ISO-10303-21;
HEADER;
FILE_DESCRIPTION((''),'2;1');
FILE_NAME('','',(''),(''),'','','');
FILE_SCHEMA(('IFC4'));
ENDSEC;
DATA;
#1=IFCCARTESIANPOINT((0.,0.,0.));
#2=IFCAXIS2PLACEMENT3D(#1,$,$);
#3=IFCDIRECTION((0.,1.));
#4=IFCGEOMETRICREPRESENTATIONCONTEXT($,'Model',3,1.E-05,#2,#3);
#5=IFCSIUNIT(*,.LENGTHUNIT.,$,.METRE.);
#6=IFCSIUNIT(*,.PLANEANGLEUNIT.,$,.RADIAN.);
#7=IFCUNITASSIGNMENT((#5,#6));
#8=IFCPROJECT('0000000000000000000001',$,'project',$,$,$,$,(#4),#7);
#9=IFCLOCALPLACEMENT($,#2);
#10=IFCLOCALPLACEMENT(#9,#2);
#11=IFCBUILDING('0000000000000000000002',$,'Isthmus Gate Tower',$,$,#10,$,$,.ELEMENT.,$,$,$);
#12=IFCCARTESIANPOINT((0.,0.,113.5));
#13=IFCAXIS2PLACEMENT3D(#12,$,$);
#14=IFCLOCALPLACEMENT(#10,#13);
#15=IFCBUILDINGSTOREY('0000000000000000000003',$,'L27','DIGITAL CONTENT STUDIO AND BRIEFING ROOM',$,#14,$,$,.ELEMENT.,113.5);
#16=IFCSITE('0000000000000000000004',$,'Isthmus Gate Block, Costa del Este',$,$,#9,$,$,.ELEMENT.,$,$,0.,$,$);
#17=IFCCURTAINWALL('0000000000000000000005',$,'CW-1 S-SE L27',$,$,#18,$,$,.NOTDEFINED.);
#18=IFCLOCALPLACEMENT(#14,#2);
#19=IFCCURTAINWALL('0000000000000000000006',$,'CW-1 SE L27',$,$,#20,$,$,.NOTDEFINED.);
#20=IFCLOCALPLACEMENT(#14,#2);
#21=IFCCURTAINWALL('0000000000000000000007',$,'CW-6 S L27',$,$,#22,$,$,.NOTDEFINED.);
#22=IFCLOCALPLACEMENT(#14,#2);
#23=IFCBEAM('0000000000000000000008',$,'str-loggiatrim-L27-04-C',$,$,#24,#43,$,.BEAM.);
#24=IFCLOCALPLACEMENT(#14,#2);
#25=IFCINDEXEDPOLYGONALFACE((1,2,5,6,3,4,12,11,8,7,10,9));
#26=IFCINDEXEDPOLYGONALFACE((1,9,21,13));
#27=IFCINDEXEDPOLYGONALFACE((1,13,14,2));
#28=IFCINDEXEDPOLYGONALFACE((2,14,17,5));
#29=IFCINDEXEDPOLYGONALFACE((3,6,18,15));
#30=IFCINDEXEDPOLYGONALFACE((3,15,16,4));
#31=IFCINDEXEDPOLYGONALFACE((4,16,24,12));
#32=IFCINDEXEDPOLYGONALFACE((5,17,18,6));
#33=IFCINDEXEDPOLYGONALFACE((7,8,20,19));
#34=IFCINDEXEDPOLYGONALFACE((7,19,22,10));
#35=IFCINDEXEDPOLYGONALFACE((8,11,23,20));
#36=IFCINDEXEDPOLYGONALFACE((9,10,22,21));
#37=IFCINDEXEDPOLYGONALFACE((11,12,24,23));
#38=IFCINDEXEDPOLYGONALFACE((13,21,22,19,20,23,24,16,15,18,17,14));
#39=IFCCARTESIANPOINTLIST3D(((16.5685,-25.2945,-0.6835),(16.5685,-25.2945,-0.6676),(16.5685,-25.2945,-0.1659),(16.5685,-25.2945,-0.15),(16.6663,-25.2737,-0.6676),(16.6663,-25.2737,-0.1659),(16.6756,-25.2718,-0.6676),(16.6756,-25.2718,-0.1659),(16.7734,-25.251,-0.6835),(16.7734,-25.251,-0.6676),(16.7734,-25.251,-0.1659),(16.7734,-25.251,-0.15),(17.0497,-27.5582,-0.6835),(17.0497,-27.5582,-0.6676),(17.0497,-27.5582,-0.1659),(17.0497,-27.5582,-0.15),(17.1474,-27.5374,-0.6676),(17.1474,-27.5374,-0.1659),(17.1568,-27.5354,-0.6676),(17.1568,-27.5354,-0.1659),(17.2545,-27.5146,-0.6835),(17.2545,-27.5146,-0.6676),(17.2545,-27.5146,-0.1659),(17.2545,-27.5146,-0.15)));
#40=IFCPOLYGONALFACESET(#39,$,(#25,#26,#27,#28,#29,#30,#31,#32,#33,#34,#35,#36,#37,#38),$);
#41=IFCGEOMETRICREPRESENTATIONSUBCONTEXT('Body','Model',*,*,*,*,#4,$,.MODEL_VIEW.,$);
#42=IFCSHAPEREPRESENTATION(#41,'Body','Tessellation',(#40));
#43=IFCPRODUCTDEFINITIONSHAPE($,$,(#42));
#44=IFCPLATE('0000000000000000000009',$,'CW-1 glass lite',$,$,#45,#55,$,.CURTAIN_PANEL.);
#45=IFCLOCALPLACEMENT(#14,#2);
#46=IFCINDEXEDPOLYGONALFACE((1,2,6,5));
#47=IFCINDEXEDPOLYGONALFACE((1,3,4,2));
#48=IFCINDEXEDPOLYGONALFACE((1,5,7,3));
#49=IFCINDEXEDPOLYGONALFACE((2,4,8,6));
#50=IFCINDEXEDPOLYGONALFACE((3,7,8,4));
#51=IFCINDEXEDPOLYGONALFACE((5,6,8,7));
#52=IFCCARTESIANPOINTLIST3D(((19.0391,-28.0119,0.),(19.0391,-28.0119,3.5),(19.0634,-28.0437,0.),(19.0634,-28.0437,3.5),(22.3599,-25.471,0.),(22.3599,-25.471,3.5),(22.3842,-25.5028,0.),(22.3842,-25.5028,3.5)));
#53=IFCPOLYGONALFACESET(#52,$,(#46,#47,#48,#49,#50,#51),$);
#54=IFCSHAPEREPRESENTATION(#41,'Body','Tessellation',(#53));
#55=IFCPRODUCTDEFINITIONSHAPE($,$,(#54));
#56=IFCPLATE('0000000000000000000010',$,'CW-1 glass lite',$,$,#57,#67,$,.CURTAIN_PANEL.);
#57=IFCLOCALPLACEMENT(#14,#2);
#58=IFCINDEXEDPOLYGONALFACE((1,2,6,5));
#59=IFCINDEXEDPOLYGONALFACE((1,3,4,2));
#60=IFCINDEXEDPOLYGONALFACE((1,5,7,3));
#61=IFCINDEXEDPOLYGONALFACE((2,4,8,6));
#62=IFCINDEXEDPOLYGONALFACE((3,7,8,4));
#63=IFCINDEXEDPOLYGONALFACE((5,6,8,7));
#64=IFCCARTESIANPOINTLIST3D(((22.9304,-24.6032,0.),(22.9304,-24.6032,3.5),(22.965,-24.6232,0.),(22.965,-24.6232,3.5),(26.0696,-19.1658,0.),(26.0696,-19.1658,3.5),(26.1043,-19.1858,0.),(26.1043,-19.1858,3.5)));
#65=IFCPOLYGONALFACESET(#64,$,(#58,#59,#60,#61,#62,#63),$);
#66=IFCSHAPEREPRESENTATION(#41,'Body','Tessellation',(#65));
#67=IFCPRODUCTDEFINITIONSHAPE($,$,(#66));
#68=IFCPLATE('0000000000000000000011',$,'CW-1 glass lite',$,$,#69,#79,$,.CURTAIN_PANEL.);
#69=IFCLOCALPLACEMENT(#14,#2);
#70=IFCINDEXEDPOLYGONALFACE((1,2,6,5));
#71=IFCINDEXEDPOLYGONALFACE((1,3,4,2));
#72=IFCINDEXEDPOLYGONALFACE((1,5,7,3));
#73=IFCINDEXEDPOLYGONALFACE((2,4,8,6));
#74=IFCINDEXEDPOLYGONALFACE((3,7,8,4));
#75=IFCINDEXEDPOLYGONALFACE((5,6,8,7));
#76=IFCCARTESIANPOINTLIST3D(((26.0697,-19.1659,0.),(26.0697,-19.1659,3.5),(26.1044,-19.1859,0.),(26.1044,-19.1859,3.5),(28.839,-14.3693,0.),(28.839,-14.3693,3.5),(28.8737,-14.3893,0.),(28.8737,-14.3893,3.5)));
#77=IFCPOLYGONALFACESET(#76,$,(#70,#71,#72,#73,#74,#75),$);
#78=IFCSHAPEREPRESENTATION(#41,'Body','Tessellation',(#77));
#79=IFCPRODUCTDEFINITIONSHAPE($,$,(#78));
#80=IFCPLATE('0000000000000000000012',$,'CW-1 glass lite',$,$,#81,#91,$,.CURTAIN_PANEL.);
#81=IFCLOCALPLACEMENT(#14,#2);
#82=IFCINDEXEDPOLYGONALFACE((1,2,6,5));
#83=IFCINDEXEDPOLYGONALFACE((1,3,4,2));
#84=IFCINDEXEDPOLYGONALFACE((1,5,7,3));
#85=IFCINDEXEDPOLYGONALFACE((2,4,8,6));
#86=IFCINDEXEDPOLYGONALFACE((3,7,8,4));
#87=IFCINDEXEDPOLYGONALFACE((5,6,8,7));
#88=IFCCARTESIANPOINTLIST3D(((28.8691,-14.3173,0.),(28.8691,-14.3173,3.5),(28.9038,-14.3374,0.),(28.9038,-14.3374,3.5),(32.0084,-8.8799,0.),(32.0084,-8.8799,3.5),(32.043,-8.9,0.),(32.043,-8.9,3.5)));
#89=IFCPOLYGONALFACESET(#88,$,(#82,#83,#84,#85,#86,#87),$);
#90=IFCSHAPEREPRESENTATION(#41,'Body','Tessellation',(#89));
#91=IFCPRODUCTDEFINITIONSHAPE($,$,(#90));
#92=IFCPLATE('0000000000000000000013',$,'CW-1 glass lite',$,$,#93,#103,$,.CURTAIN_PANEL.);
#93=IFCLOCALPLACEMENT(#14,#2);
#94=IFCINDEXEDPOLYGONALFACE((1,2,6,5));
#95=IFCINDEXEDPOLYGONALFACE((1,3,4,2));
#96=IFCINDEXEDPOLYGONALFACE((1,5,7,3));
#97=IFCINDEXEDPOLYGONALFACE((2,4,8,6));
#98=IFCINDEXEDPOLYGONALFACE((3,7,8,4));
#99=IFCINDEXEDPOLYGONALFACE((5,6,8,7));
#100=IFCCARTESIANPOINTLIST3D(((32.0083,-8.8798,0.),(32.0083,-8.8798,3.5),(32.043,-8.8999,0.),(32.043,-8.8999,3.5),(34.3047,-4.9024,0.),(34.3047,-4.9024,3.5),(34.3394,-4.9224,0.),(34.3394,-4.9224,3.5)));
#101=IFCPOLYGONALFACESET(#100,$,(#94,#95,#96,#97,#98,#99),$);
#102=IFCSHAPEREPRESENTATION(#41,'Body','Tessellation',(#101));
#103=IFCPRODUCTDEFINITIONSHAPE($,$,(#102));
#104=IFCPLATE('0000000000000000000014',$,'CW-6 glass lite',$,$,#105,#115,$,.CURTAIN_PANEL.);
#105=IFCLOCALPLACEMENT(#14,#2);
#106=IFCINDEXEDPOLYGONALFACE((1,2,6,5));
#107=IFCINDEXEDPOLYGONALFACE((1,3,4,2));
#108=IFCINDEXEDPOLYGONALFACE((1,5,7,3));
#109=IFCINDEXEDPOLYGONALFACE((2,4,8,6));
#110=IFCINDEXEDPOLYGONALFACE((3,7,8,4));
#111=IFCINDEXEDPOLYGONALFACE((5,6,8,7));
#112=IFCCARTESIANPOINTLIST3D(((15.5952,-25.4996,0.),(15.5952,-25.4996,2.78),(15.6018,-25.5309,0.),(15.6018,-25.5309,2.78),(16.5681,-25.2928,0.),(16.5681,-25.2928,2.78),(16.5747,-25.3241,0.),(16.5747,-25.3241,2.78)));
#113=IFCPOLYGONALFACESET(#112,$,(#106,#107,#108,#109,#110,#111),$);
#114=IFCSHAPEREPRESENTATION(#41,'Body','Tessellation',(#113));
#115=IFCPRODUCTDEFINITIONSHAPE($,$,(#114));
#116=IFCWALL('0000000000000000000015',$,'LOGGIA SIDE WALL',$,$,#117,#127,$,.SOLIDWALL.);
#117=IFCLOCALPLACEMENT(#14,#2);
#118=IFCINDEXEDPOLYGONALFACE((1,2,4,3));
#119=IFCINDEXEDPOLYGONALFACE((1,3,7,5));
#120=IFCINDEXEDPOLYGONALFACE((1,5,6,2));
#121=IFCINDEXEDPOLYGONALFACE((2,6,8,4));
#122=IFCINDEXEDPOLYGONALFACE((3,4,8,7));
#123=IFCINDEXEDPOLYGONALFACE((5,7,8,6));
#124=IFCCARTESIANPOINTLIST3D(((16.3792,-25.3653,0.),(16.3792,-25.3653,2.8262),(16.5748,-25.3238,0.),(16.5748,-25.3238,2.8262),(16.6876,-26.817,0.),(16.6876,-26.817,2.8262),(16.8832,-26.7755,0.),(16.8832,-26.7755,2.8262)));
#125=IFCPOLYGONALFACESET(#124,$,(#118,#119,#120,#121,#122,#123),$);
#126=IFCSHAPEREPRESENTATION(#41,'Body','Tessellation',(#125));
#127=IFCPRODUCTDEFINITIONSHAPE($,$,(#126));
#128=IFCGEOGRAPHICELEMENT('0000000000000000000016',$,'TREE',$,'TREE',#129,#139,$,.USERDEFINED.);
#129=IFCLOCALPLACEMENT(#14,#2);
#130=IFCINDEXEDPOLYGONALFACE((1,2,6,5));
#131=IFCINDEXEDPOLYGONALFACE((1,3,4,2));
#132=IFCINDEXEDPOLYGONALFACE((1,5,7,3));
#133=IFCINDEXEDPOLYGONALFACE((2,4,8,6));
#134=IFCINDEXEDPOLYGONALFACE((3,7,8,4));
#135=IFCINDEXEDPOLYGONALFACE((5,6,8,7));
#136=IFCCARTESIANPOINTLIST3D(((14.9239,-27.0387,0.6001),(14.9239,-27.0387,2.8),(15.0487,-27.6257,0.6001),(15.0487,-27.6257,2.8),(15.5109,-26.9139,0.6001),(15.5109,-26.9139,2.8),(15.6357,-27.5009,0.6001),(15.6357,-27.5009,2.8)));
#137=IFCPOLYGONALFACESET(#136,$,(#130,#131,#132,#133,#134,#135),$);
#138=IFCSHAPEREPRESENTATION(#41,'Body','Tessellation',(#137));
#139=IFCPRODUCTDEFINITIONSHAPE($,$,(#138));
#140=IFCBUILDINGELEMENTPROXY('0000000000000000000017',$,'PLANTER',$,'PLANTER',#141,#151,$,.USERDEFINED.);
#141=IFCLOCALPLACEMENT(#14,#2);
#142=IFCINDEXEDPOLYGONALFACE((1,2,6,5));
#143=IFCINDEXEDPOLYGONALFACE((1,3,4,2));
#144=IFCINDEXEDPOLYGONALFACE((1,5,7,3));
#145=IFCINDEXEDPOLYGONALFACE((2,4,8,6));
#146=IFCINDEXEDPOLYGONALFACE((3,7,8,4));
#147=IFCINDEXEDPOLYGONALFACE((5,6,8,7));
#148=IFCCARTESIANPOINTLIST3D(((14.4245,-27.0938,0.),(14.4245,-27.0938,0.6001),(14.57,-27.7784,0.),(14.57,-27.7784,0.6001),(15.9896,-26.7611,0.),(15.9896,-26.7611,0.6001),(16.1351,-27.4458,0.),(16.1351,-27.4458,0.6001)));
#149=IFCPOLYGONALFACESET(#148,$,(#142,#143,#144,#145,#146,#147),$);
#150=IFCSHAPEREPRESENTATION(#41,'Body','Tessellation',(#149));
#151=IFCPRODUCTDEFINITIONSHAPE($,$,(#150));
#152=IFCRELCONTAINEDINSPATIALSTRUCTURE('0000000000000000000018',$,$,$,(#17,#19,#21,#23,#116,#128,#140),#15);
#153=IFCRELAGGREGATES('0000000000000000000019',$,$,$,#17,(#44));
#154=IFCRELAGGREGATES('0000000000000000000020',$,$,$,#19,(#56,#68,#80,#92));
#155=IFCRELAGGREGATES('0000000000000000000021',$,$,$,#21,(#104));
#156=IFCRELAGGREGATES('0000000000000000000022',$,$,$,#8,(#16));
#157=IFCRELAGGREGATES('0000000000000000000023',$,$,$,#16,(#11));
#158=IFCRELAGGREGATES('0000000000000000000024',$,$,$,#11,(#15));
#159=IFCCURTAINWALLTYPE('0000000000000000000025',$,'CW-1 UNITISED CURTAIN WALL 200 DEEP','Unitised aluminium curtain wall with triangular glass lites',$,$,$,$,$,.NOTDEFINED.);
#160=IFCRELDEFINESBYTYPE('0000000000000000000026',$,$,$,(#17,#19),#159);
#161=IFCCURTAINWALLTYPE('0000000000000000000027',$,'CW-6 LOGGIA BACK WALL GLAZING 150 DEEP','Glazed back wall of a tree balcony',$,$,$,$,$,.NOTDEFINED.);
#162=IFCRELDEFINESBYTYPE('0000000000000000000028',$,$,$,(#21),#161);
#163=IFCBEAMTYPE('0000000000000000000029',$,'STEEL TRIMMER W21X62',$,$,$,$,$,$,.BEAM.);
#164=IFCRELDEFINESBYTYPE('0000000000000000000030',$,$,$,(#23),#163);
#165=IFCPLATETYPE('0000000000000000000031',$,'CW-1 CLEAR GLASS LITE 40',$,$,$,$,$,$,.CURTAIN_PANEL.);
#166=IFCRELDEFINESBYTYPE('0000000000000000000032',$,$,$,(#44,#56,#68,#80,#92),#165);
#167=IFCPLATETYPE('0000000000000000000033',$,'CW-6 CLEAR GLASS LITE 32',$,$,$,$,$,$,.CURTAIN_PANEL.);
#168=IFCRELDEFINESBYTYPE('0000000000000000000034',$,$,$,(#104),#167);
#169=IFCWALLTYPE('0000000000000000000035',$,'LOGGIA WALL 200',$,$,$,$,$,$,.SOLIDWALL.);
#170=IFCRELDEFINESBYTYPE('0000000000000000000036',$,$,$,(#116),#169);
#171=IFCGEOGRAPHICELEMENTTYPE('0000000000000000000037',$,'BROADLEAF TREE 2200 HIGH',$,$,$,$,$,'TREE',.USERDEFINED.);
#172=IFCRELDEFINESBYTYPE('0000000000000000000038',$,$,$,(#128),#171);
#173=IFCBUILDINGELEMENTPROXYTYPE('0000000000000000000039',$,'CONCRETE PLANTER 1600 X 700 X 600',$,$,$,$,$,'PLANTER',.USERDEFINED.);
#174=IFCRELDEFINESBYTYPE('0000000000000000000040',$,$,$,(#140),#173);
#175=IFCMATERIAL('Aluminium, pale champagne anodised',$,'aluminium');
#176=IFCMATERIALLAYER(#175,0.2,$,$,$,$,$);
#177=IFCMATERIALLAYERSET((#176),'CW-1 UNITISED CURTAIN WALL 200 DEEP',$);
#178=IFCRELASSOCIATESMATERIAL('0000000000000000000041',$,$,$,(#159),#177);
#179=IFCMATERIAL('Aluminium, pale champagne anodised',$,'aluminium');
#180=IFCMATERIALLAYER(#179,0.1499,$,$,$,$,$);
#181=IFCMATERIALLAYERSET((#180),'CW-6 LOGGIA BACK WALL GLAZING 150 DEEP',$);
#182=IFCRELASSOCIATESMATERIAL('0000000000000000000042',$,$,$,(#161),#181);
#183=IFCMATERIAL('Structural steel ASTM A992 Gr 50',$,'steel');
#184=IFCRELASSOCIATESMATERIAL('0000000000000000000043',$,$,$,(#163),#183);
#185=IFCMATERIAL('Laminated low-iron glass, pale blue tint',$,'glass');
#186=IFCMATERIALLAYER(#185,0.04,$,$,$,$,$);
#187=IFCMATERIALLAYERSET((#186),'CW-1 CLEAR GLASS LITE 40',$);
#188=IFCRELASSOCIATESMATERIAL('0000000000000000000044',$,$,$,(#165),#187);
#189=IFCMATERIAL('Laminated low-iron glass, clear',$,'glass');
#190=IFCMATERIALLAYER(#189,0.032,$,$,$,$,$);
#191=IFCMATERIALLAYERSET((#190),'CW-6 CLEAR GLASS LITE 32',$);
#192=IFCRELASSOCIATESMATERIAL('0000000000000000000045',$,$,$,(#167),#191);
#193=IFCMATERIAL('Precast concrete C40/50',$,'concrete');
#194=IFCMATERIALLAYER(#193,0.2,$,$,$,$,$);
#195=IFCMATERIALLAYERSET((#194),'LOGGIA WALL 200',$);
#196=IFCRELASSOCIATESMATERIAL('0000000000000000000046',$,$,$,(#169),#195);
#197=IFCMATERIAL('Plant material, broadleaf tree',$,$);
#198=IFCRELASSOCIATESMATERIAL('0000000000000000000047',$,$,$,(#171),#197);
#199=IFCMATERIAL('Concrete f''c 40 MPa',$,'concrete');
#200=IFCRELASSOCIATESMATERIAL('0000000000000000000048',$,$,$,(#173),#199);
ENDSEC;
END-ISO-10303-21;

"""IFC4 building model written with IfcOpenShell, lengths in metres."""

from ifc_helpers import new_model, si_unit, direction, frame, frame_2d, origin, origin_2d, place, context, subcontext, project, spatial, rectangle, i_section, extrude, material, layer, layer_set, material_profile, profile_set, type_object, element, aggregate, save


model = new_model("IFC4")

# Units and contexts
model_context = context("Model", 3, precision=1e-05, world=origin(), true_north=direction((0.0, 1.0)))
body_context = subcontext(model_context, "Body", "Model", "MODEL_VIEW")
ifc_project = project(units=[si_unit("LENGTHUNIT", "METRE"), si_unit("PLANEANGLEUNIT", "RADIAN")], contexts=[model_context])

# Site, building, storey
site_placement = place(None, origin())
site = spatial("IfcSite", under=ifc_project, at=site_placement, Name="Isthmus Gate Block, Costa del Este", CompositionType="ELEMENT", RefElevation=0.0)
building_placement = place(site_placement, origin())
building = spatial("IfcBuilding", under=site, at=building_placement, Name="Isthmus Gate Tower", CompositionType="ELEMENT")
storey_placement = place(building_placement, frame((0.0, 0.0, 113.5)))
storey = spatial("IfcBuildingStorey", under=building, at=storey_placement, Name="L27", Description="DIGITAL CONTENT STUDIO AND BRIEFING ROOM", CompositionType="ELEMENT", Elevation=113.5)

# Curtain wall
ifc_material_1 = material(Name="Aluminium, pale champagne anodised", Category="aluminium")
ifc_layer_1 = layer(ifc_material_1, 0.2)
ifc_layer_set_1 = layer_set([ifc_layer_1], Name="CW-1 UNITISED CURTAIN WALL 200 DEEP")
curtain_wall_type_1 = type_object("IfcCurtainWallType", Name="CW-1 UNITISED CURTAIN WALL 200 DEEP", Description="Unitised aluminium curtain wall with triangular glass lites", PredefinedType="NOTDEFINED", material=ifc_layer_set_1)
curtain_wall_1_placement = place(storey_placement, origin())
curtain_wall_1 = element("IfcCurtainWall", 1, at=curtain_wall_1_placement, inside=storey, type_object=curtain_wall_type_1, Name="CW-1 S-SE L27", PredefinedType="NOTDEFINED")

# Curtain wall
curtain_wall_2_placement = place(storey_placement, origin())
curtain_wall_2 = element("IfcCurtainWall", 2, at=curtain_wall_2_placement, inside=storey, type_object=curtain_wall_type_1, Name="CW-1 SE L27", PredefinedType="NOTDEFINED")

# Curtain wall
ifc_material_2 = material(Name="Aluminium, pale champagne anodised", Category="aluminium")
ifc_layer_2 = layer(ifc_material_2, 0.1499)
ifc_layer_set_2 = layer_set([ifc_layer_2], Name="CW-6 LOGGIA BACK WALL GLAZING 150 DEEP")
curtain_wall_type_2 = type_object("IfcCurtainWallType", Name="CW-6 LOGGIA BACK WALL GLAZING 150 DEEP", Description="Glazed back wall of a tree balcony", PredefinedType="NOTDEFINED", material=ifc_layer_set_2)
curtain_wall_3_placement = place(storey_placement, origin())
curtain_wall_3 = element("IfcCurtainWall", 3, at=curtain_wall_3_placement, inside=storey, type_object=curtain_wall_type_2, Name="CW-6 S L27", PredefinedType="NOTDEFINED")

# Beam
ifc_material_3 = material(Name="Structural steel ASTM A992 Gr 50", Category="steel")
ifc_material_profile_1 = material_profile(ifc_material_3, i_section(OverallWidth=0.2095, OverallDepth=0.5334, WebThickness=0.0095, FlangeThickness=0.0159, at=origin_2d()), Name="W21X62")
ifc_profile_set_1 = profile_set([ifc_material_profile_1], Name="Structural steel ASTM A992 Gr 50")
beam_type_1 = type_object("IfcBeamType", Name="STEEL TRIMMER W21X62", PredefinedType="BEAM", material=ifc_profile_set_1)
beam_1_placement = place(storey_placement, frame((17.1521, -27.5364, -0.4167), z_axis=(-0.207929, 0.978144, 0.0), x_axis=(-0.978144, -0.207929, 0.0)))
element("IfcBeam", 4, at=beam_1_placement, inside=storey, type_object=beam_type_1, Name="str-loggiatrim-L27-04-C", PredefinedType="BEAM", context=body_context, shape_type="SweptSolid", body=[
    extrude(i_section(OverallWidth=0.2095, OverallDepth=0.5334, WebThickness=0.0095, FlangeThickness=0.0159, at=origin_2d()), origin(), (0.0, 0.0, 1.0), 2.3142),
])

# Plates
ifc_material_4 = material(Name="Laminated low-iron glass, pale blue tint", Category="glass")
ifc_layer_3 = layer(ifc_material_4, 0.04)
ifc_layer_set_3 = layer_set([ifc_layer_3], Name="CW-1 CLEAR GLASS LITE 40")
plate_type_1 = type_object("IfcPlateType", Name="CW-1 CLEAR GLASS LITE 40", PredefinedType="CURTAIN_PANEL", material=ifc_layer_set_3)
plate_1_placement = place(storey_placement, frame((20.7117, -26.7573, 0.0), z_axis=(0.0, 0.0, 1.0), x_axis=(0.794189, 0.607671, 0.0)))
plate_1 = element("IfcPlate", 5, at=plate_1_placement, type_object=plate_type_1, Name="CW-1 glass lite", PredefinedType="CURTAIN_PANEL", context=body_context, shape_type="SweptSolid", body=[
    extrude(rectangle(XDim=4.1814, YDim=0.04, at=origin_2d()), origin(), (0.0, 0.0, 1.0), 3.5),
])
aggregate(curtain_wall_1, [plate_1])
plate_2_placement = place(storey_placement, frame((24.5173, -21.8945, 0.0), z_axis=(0.0, 0.0, 1.0), x_axis=(0.5, 0.866025, 0.0)))
plate_2 = element("IfcPlate", 6, at=plate_2_placement, type_object=plate_type_1, Name="CW-1 glass lite", PredefinedType="CURTAIN_PANEL", context=body_context, shape_type="SweptSolid", body=[
    extrude(rectangle(XDim=6.2786, YDim=0.04, at=origin_2d()), origin(), (0.0, 0.0, 1.0), 3.5),
])
plate_3_placement = place(storey_placement, frame((27.4717, -16.7776, 0.0), z_axis=(0.0, 0.0, 1.0), x_axis=(0.5, 0.866025, 0.0)))
plate_3 = element("IfcPlate", 7, at=plate_3_placement, type_object=plate_type_1, Name="CW-1 glass lite", PredefinedType="CURTAIN_PANEL", context=body_context, shape_type="SweptSolid", body=[
    extrude(rectangle(XDim=5.5386, YDim=0.04, at=origin_2d()), origin(), (0.0, 0.0, 1.0), 3.5),
])
plate_4_placement = place(storey_placement, frame((30.4561, -11.6086, 0.0), z_axis=(0.0, 0.0, 1.0), x_axis=(0.5, 0.866025, 0.0)))
plate_4 = element("IfcPlate", 8, at=plate_4_placement, type_object=plate_type_1, Name="CW-1 glass lite", PredefinedType="CURTAIN_PANEL", context=body_context, shape_type="SweptSolid", body=[
    extrude(rectangle(XDim=6.2786, YDim=0.04, at=origin_2d()), origin(), (0.0, 0.0, 1.0), 3.5),
])
plate_5_placement = place(storey_placement, frame((33.1738, -6.9011, 0.0), z_axis=(0.0, 0.0, 1.0), x_axis=(0.5, 0.866025, 0.0)))
plate_5 = element("IfcPlate", 9, at=plate_5_placement, type_object=plate_type_1, Name="CW-1 glass lite", PredefinedType="CURTAIN_PANEL", context=body_context, shape_type="SweptSolid", body=[
    extrude(rectangle(XDim=4.5928, YDim=0.04, at=origin_2d()), origin(), (0.0, 0.0, 1.0), 3.5),
])
aggregate(curtain_wall_2, [plate_2, plate_3, plate_4, plate_5])
ifc_material_5 = material(Name="Laminated low-iron glass, clear", Category="glass")
ifc_layer_4 = layer(ifc_material_5, 0.032)
ifc_layer_set_4 = layer_set([ifc_layer_4], Name="CW-6 CLEAR GLASS LITE 32")
plate_type_2 = type_object("IfcPlateType", Name="CW-6 CLEAR GLASS LITE 32", PredefinedType="CURTAIN_PANEL", material=ifc_layer_set_4)
plate_6_placement = place(storey_placement, frame((16.085, -25.4119, 0.0), z_axis=(0.0, 0.0, 1.0), x_axis=(0.978148, 0.207912, 0.0)))
plate_6 = element("IfcPlate", 10, at=plate_6_placement, type_object=plate_type_2, Name="CW-6 glass lite", PredefinedType="CURTAIN_PANEL", context=body_context, shape_type="SweptSolid", body=[
    extrude(rectangle(XDim=0.9946, YDim=0.032, at=origin_2d()), origin(), (0.0, 0.0, 1.0), 2.78),
])
aggregate(curtain_wall_3, [plate_6])

# Wall
ifc_material_6 = material(Name="Precast concrete C40/50", Category="concrete")
ifc_layer_5 = layer(ifc_material_6, 0.2)
ifc_layer_set_5 = layer_set([ifc_layer_5], Name="LOGGIA WALL 200")
wall_type = type_object("IfcWallType", Name="LOGGIA WALL 200", PredefinedType="SOLIDWALL", material=ifc_layer_set_5)
wall_placement = place(storey_placement, frame((16.7854, -26.7964, 0.0), z_axis=(0.0, 0.0, 1.0), x_axis=(-0.207776, 0.978176, 0.0)))
element("IfcWall", 11, at=wall_placement, inside=storey, type_object=wall_type, Name="LOGGIA SIDE WALL", PredefinedType="SOLIDWALL", context=body_context, shape_type="SweptSolid", body=[
    extrude(rectangle(XDim=1.4841, YDim=0.2, at=frame_2d((0.7422, 0.0))), origin(), (0.0, 0.0, 1.0), 2.8262),
])

# Geographic element
ifc_material_7 = material(Name="Plant material, broadleaf tree")
geographic_element_type = type_object("IfcGeographicElementType", Name="BROADLEAF TREE 2200 HIGH", ElementType="TREE", PredefinedType="USERDEFINED", material=ifc_material_7)
geographic_element_placement = place(storey_placement, frame((15.2798, -27.2698, 0.6001), z_axis=(0.0, 0.0, 1.0), x_axis=(0.978148, 0.207912, 0.0)))
element("IfcGeographicElement", 12, at=geographic_element_placement, inside=storey, type_object=geographic_element_type, Name="TREE", ObjectType="TREE", PredefinedType="USERDEFINED", context=body_context, shape_type="SweptSolid", body=[
    extrude(rectangle(XDim=0.6001, YDim=0.6001, at=origin_2d()), origin(), (0.0, 0.0, 1.0), 2.2),
])

# Building element proxy
ifc_material_8 = material(Name="Concrete f'c 40 MPa", Category="concrete")
building_element_proxy_type = type_object("IfcBuildingElementProxyType", Name="CONCRETE PLANTER 1600 X 700 X 600", ElementType="PLANTER", PredefinedType="USERDEFINED", material=ifc_material_8)
proxy_placement = place(storey_placement, frame((15.2798, -27.2698, 0.0), z_axis=(0.0, 0.0, 1.0), x_axis=(0.978148, 0.207912, 0.0)))
element("IfcBuildingElementProxy", 13, at=proxy_placement, inside=storey, type_object=building_element_proxy_type, Name="PLANTER", ObjectType="PLANTER", PredefinedType="USERDEFINED", context=body_context, shape_type="SweptSolid", body=[
    extrude(rectangle(XDim=1.6001, YDim=0.7, at=origin_2d()), origin(), (0.0, 0.0, 1.0), 0.6001),
])

save(model, "model.ifc")
